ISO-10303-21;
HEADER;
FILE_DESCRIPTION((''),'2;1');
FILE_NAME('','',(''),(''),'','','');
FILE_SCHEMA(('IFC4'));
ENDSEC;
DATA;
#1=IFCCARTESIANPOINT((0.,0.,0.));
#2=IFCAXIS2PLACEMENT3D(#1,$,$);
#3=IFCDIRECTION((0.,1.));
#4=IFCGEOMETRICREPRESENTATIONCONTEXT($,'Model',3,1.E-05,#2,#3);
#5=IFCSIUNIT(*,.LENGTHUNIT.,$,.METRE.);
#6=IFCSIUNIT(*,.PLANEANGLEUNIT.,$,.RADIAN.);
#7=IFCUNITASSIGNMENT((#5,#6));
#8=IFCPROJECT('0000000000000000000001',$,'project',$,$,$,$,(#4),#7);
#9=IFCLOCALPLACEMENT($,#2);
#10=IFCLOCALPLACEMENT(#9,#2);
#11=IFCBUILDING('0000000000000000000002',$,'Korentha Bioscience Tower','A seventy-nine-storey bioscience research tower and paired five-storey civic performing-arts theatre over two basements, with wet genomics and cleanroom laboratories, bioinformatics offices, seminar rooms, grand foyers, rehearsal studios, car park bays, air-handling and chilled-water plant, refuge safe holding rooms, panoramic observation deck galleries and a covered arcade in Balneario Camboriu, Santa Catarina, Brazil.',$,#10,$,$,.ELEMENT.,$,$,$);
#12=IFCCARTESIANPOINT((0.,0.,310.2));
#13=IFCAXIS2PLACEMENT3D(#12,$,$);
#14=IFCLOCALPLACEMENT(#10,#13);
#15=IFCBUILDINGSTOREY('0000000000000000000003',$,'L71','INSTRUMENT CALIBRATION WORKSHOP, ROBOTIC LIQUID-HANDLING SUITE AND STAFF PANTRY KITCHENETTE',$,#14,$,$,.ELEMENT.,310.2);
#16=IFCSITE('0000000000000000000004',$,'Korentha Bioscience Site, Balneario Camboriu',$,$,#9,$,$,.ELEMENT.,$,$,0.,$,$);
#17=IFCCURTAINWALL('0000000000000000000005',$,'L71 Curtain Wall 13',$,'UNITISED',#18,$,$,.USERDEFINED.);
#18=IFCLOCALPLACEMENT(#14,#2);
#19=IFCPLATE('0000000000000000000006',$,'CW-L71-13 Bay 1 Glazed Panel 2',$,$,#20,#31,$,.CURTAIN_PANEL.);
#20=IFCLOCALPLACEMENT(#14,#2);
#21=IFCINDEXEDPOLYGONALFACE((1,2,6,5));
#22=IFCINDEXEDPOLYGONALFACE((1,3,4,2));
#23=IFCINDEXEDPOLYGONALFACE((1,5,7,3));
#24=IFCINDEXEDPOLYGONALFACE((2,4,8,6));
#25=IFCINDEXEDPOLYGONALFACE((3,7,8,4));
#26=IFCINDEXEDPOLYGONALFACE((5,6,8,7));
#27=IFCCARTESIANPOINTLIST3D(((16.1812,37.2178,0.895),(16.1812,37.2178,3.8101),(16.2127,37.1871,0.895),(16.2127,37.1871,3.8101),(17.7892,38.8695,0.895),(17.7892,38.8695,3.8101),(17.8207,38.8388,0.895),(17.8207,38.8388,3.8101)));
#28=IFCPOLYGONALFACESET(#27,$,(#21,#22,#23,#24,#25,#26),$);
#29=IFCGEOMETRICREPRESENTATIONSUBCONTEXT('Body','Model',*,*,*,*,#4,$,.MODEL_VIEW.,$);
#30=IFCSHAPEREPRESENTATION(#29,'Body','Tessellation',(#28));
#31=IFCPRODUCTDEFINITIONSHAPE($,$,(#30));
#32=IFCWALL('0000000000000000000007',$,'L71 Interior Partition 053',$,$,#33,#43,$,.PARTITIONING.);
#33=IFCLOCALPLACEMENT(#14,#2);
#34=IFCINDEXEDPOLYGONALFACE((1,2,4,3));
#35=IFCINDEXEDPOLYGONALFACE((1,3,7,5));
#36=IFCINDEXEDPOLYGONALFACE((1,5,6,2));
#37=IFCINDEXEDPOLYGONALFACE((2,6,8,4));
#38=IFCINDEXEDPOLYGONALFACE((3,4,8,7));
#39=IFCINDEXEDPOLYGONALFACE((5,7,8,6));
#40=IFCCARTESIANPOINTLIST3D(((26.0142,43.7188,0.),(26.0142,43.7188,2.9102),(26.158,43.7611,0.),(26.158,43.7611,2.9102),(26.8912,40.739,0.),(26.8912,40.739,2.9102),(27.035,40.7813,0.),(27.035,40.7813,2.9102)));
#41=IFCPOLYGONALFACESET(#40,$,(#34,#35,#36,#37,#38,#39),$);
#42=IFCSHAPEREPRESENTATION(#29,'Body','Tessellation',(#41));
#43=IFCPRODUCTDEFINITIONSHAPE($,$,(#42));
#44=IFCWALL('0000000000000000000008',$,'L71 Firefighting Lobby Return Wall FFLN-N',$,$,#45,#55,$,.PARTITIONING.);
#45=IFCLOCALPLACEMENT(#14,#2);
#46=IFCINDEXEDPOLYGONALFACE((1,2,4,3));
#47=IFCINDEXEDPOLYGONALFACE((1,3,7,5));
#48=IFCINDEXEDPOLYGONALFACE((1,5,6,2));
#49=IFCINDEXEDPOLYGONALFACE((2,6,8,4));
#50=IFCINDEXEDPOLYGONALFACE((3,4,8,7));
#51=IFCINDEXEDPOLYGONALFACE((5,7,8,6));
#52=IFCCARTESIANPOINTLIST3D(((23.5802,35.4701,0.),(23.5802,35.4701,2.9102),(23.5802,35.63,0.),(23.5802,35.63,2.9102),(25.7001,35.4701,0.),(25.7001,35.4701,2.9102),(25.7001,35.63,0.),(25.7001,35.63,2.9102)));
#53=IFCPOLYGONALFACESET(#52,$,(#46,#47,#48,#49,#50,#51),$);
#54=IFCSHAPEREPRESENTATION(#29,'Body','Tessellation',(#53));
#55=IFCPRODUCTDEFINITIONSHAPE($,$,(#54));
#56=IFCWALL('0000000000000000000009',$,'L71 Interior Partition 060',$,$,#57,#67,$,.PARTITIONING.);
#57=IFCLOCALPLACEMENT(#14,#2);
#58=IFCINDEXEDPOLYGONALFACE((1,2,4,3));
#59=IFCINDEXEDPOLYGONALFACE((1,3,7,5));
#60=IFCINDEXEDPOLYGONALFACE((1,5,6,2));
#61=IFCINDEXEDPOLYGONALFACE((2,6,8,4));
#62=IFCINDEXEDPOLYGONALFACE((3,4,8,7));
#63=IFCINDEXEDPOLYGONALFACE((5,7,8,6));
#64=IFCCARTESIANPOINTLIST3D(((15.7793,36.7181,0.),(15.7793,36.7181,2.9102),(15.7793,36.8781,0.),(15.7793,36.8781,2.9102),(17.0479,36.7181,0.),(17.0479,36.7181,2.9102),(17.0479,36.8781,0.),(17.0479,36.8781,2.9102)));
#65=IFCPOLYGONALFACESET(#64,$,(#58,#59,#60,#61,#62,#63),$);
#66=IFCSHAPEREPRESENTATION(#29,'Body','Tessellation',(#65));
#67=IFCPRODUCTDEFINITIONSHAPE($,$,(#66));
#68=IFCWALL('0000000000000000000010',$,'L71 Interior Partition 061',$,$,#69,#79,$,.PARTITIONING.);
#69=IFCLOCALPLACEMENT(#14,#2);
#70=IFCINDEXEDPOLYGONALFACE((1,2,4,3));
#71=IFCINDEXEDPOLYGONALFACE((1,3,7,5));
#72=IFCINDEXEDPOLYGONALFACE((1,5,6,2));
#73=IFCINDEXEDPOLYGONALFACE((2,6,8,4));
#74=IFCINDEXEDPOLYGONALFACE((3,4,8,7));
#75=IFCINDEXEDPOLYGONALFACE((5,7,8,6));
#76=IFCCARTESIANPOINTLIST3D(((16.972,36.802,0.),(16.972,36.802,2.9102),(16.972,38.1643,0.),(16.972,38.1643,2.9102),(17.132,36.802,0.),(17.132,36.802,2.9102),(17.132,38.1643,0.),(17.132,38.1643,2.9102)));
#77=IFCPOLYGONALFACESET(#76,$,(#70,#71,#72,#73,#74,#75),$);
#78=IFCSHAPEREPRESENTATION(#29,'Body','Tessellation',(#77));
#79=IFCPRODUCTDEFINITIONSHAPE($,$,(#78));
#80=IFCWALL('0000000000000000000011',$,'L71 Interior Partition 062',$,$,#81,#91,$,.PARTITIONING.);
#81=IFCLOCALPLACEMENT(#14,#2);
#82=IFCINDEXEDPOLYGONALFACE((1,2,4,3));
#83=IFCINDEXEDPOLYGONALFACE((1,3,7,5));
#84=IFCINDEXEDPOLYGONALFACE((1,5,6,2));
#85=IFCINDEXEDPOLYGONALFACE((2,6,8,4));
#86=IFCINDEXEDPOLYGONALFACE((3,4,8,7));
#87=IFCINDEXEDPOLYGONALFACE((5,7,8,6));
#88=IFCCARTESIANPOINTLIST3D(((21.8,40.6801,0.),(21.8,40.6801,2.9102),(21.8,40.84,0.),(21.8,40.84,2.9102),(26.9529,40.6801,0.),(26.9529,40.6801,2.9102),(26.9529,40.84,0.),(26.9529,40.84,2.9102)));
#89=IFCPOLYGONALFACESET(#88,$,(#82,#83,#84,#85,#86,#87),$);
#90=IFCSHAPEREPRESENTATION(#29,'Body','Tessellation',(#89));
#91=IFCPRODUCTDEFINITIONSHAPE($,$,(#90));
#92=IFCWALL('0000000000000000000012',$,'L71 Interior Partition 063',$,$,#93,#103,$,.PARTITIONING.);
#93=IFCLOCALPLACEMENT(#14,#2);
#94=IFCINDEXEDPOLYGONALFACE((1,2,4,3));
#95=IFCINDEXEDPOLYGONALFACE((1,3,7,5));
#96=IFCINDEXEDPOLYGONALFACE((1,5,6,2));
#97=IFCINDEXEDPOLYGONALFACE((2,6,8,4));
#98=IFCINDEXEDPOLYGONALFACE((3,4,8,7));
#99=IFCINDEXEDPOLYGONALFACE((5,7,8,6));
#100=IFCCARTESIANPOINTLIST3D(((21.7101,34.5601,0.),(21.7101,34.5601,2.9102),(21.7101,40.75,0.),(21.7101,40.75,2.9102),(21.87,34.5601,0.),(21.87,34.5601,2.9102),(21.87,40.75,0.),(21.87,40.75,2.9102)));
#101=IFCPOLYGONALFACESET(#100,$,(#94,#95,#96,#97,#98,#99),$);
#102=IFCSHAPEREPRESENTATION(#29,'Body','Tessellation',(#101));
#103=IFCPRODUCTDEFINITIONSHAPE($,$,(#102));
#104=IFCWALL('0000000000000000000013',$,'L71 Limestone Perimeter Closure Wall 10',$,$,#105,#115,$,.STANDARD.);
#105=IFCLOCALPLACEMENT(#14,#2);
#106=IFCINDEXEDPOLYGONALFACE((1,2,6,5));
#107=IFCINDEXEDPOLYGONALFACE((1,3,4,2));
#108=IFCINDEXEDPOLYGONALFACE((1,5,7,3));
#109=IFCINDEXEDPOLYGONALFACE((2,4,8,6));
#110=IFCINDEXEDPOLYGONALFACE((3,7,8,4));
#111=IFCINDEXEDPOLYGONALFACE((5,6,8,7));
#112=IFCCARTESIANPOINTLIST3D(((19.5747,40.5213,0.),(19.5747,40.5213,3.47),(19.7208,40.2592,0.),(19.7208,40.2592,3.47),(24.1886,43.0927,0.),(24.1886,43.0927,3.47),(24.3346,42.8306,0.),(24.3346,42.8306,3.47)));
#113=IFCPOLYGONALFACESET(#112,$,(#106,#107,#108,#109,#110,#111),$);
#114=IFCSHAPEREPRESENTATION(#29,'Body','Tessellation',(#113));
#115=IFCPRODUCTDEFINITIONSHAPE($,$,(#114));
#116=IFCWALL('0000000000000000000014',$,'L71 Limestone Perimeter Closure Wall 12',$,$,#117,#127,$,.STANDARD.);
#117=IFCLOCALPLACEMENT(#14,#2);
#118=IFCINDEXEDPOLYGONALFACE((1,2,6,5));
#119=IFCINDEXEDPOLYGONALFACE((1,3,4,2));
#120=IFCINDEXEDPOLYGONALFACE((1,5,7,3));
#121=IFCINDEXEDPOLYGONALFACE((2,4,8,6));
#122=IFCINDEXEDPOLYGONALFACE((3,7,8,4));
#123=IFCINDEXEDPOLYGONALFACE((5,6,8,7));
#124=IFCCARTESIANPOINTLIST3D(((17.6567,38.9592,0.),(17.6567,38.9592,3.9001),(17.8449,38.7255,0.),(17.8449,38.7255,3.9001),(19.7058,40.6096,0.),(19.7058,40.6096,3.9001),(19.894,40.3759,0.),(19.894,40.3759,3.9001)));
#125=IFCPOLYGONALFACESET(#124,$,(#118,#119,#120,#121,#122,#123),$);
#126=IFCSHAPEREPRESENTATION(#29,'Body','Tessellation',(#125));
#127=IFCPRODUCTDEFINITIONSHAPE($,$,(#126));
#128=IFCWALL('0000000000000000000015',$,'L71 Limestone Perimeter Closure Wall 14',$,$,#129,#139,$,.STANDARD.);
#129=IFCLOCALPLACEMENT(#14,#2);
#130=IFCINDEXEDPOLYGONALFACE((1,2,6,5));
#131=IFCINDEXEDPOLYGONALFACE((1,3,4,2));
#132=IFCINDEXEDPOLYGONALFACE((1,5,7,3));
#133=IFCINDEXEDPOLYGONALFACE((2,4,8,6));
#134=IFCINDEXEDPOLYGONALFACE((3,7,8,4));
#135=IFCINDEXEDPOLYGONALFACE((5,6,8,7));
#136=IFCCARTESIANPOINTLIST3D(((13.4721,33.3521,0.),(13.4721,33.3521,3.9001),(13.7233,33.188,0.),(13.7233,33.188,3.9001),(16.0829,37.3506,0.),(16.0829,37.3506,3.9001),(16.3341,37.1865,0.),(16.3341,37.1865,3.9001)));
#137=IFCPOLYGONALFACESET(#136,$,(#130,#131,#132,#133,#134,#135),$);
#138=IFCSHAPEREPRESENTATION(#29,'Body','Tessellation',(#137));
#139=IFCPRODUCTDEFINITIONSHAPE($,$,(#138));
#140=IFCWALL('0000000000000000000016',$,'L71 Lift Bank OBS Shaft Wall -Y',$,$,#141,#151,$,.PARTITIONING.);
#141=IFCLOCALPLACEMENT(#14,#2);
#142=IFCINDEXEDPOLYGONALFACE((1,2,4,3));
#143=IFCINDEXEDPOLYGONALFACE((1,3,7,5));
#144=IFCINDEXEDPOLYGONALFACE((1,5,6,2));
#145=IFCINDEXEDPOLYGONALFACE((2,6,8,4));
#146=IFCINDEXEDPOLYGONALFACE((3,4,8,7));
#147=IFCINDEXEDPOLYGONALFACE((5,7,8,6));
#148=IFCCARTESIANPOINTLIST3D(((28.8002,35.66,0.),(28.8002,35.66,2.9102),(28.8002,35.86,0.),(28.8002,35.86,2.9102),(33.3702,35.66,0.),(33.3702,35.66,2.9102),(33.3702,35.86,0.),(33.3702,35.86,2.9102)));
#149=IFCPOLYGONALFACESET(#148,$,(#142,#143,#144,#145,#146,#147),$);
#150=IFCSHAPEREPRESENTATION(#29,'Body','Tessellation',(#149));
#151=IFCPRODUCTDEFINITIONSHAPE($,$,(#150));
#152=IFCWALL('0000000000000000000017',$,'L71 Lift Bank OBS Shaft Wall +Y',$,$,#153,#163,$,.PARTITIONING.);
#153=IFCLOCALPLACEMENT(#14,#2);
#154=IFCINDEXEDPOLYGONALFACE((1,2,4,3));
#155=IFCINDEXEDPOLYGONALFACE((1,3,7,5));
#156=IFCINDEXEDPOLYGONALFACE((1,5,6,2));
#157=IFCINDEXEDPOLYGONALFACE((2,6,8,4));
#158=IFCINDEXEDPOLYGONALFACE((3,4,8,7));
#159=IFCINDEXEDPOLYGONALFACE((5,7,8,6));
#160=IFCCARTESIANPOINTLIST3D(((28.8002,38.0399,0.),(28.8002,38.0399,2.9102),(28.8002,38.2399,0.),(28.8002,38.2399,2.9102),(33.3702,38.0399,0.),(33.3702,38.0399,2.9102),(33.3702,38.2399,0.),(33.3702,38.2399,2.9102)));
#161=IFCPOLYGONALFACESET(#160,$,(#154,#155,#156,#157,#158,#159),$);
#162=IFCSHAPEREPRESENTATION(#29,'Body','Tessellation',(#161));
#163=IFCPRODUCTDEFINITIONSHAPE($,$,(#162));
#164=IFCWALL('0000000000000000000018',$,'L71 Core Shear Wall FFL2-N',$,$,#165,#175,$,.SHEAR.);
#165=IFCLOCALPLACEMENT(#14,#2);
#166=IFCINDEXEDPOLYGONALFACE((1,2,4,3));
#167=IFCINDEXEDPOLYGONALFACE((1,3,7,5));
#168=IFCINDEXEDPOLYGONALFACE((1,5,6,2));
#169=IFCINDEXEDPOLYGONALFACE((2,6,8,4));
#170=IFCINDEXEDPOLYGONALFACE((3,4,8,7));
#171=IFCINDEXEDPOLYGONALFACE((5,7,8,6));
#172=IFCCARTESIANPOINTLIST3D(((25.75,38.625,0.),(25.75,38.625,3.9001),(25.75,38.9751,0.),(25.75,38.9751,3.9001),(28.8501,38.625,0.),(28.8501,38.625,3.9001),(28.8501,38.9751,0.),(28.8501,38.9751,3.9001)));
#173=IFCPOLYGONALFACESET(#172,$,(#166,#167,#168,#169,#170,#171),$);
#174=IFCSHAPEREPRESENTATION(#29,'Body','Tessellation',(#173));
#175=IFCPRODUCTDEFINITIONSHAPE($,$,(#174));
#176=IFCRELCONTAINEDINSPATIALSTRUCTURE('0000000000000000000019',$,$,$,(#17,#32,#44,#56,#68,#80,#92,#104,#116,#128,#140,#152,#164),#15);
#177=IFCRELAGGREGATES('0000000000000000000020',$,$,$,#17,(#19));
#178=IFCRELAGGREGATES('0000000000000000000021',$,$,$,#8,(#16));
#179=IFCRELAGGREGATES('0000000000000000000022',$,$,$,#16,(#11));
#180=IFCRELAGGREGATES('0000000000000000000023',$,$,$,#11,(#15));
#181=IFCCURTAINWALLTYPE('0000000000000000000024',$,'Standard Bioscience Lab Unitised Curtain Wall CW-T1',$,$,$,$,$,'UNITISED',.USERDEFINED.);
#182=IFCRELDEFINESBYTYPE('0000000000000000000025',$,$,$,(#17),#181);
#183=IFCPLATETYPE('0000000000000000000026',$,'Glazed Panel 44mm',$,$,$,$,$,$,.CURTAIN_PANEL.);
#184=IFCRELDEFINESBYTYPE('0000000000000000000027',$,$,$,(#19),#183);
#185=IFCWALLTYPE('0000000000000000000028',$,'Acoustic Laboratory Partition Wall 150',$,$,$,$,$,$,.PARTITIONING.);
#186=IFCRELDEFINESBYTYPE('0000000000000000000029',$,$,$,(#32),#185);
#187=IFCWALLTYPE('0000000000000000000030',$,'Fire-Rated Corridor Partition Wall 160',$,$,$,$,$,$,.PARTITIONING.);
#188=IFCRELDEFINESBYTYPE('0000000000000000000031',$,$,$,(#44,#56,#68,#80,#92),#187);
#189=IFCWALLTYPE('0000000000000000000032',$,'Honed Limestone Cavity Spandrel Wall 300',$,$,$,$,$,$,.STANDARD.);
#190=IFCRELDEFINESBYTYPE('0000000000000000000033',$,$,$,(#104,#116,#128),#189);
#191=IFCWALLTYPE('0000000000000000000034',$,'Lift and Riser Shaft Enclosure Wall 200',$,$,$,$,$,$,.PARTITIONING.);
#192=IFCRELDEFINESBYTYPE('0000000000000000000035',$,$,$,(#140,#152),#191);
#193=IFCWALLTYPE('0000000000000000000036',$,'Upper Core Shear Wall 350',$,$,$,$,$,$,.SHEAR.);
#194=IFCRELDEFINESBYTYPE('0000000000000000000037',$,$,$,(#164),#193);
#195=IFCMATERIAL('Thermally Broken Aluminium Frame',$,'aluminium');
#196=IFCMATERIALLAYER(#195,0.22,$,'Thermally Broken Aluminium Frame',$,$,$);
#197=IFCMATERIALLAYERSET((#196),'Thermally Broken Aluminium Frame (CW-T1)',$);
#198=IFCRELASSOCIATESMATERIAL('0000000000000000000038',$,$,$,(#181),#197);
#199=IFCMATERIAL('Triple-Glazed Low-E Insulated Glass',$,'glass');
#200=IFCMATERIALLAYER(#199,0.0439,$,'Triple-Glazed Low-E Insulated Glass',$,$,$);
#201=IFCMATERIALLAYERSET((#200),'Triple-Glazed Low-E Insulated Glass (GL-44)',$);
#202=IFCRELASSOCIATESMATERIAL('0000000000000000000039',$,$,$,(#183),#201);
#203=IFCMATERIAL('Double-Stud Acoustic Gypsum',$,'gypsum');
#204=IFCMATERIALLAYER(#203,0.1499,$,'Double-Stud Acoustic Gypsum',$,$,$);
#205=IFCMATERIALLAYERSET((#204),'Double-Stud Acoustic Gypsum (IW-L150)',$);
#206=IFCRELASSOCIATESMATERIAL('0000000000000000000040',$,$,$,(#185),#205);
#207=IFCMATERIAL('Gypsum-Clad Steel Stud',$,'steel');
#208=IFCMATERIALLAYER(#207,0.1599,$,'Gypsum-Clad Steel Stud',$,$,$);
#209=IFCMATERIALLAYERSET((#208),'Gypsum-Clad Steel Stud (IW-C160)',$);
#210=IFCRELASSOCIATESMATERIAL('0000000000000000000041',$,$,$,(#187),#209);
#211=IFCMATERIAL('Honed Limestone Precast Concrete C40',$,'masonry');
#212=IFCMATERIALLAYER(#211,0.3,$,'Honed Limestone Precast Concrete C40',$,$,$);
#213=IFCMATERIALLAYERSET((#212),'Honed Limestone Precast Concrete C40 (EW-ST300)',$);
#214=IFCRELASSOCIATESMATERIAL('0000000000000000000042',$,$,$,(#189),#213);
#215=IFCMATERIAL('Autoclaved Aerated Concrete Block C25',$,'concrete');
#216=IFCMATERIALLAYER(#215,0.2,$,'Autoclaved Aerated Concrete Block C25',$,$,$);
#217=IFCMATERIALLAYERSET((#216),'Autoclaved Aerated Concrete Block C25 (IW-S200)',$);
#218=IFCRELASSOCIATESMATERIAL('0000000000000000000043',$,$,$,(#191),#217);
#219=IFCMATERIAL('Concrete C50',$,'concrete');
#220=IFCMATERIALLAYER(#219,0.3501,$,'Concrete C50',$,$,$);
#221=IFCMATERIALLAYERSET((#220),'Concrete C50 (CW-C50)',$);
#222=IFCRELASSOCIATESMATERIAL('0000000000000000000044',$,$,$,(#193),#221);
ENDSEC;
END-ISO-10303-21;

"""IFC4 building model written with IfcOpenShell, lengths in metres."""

from ifc_helpers import new_model, si_unit, direction, frame, frame_2d, origin, origin_2d, place, context, subcontext, project, spatial, rectangle, extrude, material, layer, layer_set, type_object, element, aggregate, save


model = new_model("IFC4")

# Units and contexts
model_context = context("Model", 3, precision=1e-05, world=origin(), true_north=direction((0.0, 1.0)))
body_context = subcontext(model_context, "Body", "Model", "MODEL_VIEW")
ifc_project = project(units=[si_unit("LENGTHUNIT", "METRE"), si_unit("PLANEANGLEUNIT", "RADIAN")], contexts=[model_context])

# Site, building, storey
site_placement = place(None, origin())
site = spatial("IfcSite", under=ifc_project, at=site_placement, Name="Korentha Bioscience Site, Balneario Camboriu", CompositionType="ELEMENT", RefElevation=0.0)
building_placement = place(site_placement, origin())
building = spatial("IfcBuilding", under=site, at=building_placement, Name="Korentha Bioscience Tower", Description="A seventy-nine-storey bioscience research tower and paired five-storey civic performing-arts theatre over two basements, with wet genomics and cleanroom laboratories, bioinformatics offices, seminar rooms, grand foyers, rehearsal studios, car park bays, air-handling and chilled-water plant, refuge safe holding rooms, panoramic observation deck galleries and a covered arcade in Balneario Camboriu, Santa Catarina, Brazil.", CompositionType="ELEMENT")
storey_placement = place(building_placement, frame((0.0, 0.0, 310.2)))
storey = spatial("IfcBuildingStorey", under=building, at=storey_placement, Name="L71", Description="INSTRUMENT CALIBRATION WORKSHOP, ROBOTIC LIQUID-HANDLING SUITE AND STAFF PANTRY KITCHENETTE", CompositionType="ELEMENT", Elevation=310.2)

# Shared definitions
ifc_material_1 = material(Name="Concrete C50", Category="concrete")

# Curtain wall
ifc_material_2 = material(Name="Thermally Broken Aluminium Frame", Category="aluminium")
ifc_layer_1 = layer(ifc_material_2, 0.22, Name="Thermally Broken Aluminium Frame")
ifc_layer_set_1 = layer_set([ifc_layer_1], Name="Thermally Broken Aluminium Frame (CW-T1)")
curtain_wall_type = type_object("IfcCurtainWallType", Name="Standard Bioscience Lab Unitised Curtain Wall CW-T1", ElementType="UNITISED", PredefinedType="USERDEFINED", material=ifc_layer_set_1)
curtain_wall_placement = place(storey_placement, origin())
curtain_wall = element("IfcCurtainWall", 1, at=curtain_wall_placement, inside=storey, type_object=curtain_wall_type, Name="L71 Curtain Wall 13", ObjectType="UNITISED", PredefinedType="USERDEFINED")

# Plate
ifc_material_3 = material(Name="Triple-Glazed Low-E Insulated Glass", Category="glass")
ifc_layer_2 = layer(ifc_material_3, 0.0439, Name="Triple-Glazed Low-E Insulated Glass")
ifc_layer_set_2 = layer_set([ifc_layer_2], Name="Triple-Glazed Low-E Insulated Glass (GL-44)")
plate_type = type_object("IfcPlateType", Name="Glazed Panel 44mm", PredefinedType="CURTAIN_PANEL", material=ifc_layer_set_2)
plate_1_placement = place(storey_placement, frame((17.001, 38.0283, 0.895), z_axis=(0.0, 0.0, 1.0), x_axis=(-0.697567, -0.716519, 0.0)))
plate_1 = element("IfcPlate", 2, at=plate_1_placement, type_object=plate_type, Name="CW-L71-13 Bay 1 Glazed Panel 2", PredefinedType="CURTAIN_PANEL", context=body_context, shape_type="SweptSolid", body=[
    extrude(rectangle(XDim=2.3052, YDim=0.0439, at=origin_2d()), origin(), (0.0, 0.0, 1.0), 2.915),
])
aggregate(curtain_wall, [plate_1])

# Walls
ifc_material_4 = material(Name="Double-Stud Acoustic Gypsum", Category="gypsum")
ifc_layer_3 = layer(ifc_material_4, 0.1499, Name="Double-Stud Acoustic Gypsum")
ifc_layer_set_3 = layer_set([ifc_layer_3], Name="Double-Stud Acoustic Gypsum (IW-L150)")
wall_type_1 = type_object("IfcWallType", Name="Acoustic Laboratory Partition Wall 150", PredefinedType="PARTITIONING", material=ifc_layer_set_3)
wall_1_placement = place(storey_placement, frame((26.9631, 40.76, 0.0), z_axis=(0.0, 0.0, 1.0), x_axis=(-0.282332, 0.959317, 0.0)))
element("IfcWall", 3, at=wall_1_placement, inside=storey, type_object=wall_type_1, Name="L71 Interior Partition 053", PredefinedType="PARTITIONING", context=body_context, shape_type="SweptSolid", body=[
    extrude(rectangle(XDim=3.1062, YDim=0.1499, at=frame_2d((1.5532, 0.0))), origin(), (0.0, 0.0, 1.0), 2.9102),
])
ifc_material_5 = material(Name="Gypsum-Clad Steel Stud", Category="steel")
ifc_layer_4 = layer(ifc_material_5, 0.1599, Name="Gypsum-Clad Steel Stud")
ifc_layer_set_4 = layer_set([ifc_layer_4], Name="Gypsum-Clad Steel Stud (IW-C160)")
wall_type_2 = type_object("IfcWallType", Name="Fire-Rated Corridor Partition Wall 160", PredefinedType="PARTITIONING", material=ifc_layer_set_4)
wall_2_placement = place(storey_placement, frame((23.5801, 35.55, 0.0), z_axis=(0.0, 0.0, 1.0), x_axis=(1.0, 0.0, 0.0)))
element("IfcWall", 4, at=wall_2_placement, inside=storey, type_object=wall_type_2, Name="L71 Firefighting Lobby Return Wall FFLN-N", PredefinedType="PARTITIONING", context=body_context, shape_type="SweptSolid", body=[
    extrude(rectangle(XDim=2.1199, YDim=0.1599, at=frame_2d((1.0601, 0.0))), origin(), (0.0, 0.0, 1.0), 2.9102),
])
wall_3_placement = place(storey_placement, frame((15.7793, 36.7981, 0.0), z_axis=(0.0, 0.0, 1.0), x_axis=(1.0, 0.0, 0.0)))
element("IfcWall", 5, at=wall_3_placement, inside=storey, type_object=wall_type_2, Name="L71 Interior Partition 060", PredefinedType="PARTITIONING", context=body_context, shape_type="SweptSolid", body=[
    extrude(rectangle(XDim=1.2686, YDim=0.1599, at=frame_2d((0.6343, 0.0))), origin(), (0.0, 0.0, 1.0), 2.9102),
])
wall_4_placement = place(storey_placement, frame((17.052, 36.802, 0.0), z_axis=(0.0, 0.0, 1.0), x_axis=(0.0, 1.0, 0.0)))
element("IfcWall", 6, at=wall_4_placement, inside=storey, type_object=wall_type_2, Name="L71 Interior Partition 061", PredefinedType="PARTITIONING", context=body_context, shape_type="SweptSolid", body=[
    extrude(rectangle(XDim=1.3623, YDim=0.1599, at=frame_2d((0.6812, 0.0))), origin(), (0.0, 0.0, 1.0), 2.9102),
])
wall_5_placement = place(storey_placement, frame((26.9529, 40.76, 0.0), z_axis=(0.0, 0.0, 1.0), x_axis=(-1.0, 0.0, 0.0)))
element("IfcWall", 7, at=wall_5_placement, inside=storey, type_object=wall_type_2, Name="L71 Interior Partition 062", PredefinedType="PARTITIONING", context=body_context, shape_type="SweptSolid", body=[
    extrude(rectangle(XDim=5.1528, YDim=0.1599, at=frame_2d((2.5764, 0.0))), origin(), (0.0, 0.0, 1.0), 2.9102),
])
wall_6_placement = place(storey_placement, frame((21.79, 40.75, 0.0), z_axis=(0.0, 0.0, 1.0), x_axis=(0.0, -1.0, 0.0)))
element("IfcWall", 8, at=wall_6_placement, inside=storey, type_object=wall_type_2, Name="L71 Interior Partition 063", PredefinedType="PARTITIONING", context=body_context, shape_type="SweptSolid", body=[
    extrude(rectangle(XDim=6.1899, YDim=0.1599, at=frame_2d((3.095, 0.0))), origin(), (0.0, 0.0, 1.0), 2.9102),
])
ifc_material_6 = material(Name="Honed Limestone Precast Concrete C40", Category="masonry")
ifc_layer_5 = layer(ifc_material_6, 0.3, Name="Honed Limestone Precast Concrete C40")
ifc_layer_set_5 = layer_set([ifc_layer_5], Name="Honed Limestone Precast Concrete C40 (EW-ST300)")
wall_type_3 = type_object("IfcWallType", Name="Honed Limestone Cavity Spandrel Wall 300", PredefinedType="STANDARD", material=ifc_layer_set_5)
wall_7_placement = place(storey_placement, frame((24.2617, 42.9617, 0.0), z_axis=(0.0, 0.0, 1.0), x_axis=(-0.873507, -0.486812, 0.0)))
element("IfcWall", 9, at=wall_7_placement, inside=storey, type_object=wall_type_3, Name="L71 Limestone Perimeter Closure Wall 10", PredefinedType="STANDARD", context=body_context, shape_type="SweptSolid", body=[
    extrude(rectangle(XDim=5.282, YDim=0.3, at=frame_2d((2.6411, 0.0))), origin(), (0.0, 0.0, 1.0), 3.47),
])
wall_8_placement = place(storey_placement, frame((19.7998, 40.4927, 0.0), z_axis=(0.0, 0.0, 1.0), x_axis=(-0.7788, -0.627272, 0.0)))
element("IfcWall", 10, at=wall_8_placement, inside=storey, type_object=wall_type_3, Name="L71 Limestone Perimeter Closure Wall 12", PredefinedType="STANDARD", context=body_context, shape_type="SweptSolid", body=[
    extrude(rectangle(XDim=2.6311, YDim=0.3, at=frame_2d((1.3154, 0.0))), origin(), (0.0, 0.0, 1.0), 3.9001),
])
wall_9_placement = place(storey_placement, frame((16.2085, 37.2686, 0.0), z_axis=(0.0, 0.0, 1.0), x_axis=(-0.546723, -0.837313, 0.0)))
element("IfcWall", 11, at=wall_9_placement, inside=storey, type_object=wall_type_3, Name="L71 Limestone Perimeter Closure Wall 14", PredefinedType="STANDARD", context=body_context, shape_type="SweptSolid", body=[
    extrude(rectangle(XDim=4.7754, YDim=0.3, at=frame_2d((2.3877, 0.0))), origin(), (0.0, 0.0, 1.0), 3.9001),
])
ifc_material_7 = material(Name="Autoclaved Aerated Concrete Block C25", Category="concrete")
ifc_layer_6 = layer(ifc_material_7, 0.2, Name="Autoclaved Aerated Concrete Block C25")
ifc_layer_set_6 = layer_set([ifc_layer_6], Name="Autoclaved Aerated Concrete Block C25 (IW-S200)")
wall_type_4 = type_object("IfcWallType", Name="Lift and Riser Shaft Enclosure Wall 200", PredefinedType="PARTITIONING", material=ifc_layer_set_6)
for number, where, z_axis, x_axis, name in (
    (12, (28.8, 35.76, 0.0), (0.0, 0.0, 1.0), (1.0, 0.0, 0.0), "L71 Lift Bank OBS Shaft Wall -Y"),
    (13, (28.8, 38.1399, 0.0), (0.0, 0.0, 1.0), (1.0, 0.0, 0.0), "L71 Lift Bank OBS Shaft Wall +Y"),
):
    element("IfcWall", number, at=place(storey_placement, frame(where, z_axis=z_axis, x_axis=x_axis)), inside=storey, type_object=wall_type_4, Name=name, PredefinedType="PARTITIONING", context=body_context, shape_type="SweptSolid", body=[
        extrude(rectangle(XDim=4.5701, YDim=0.2, at=frame_2d((2.2852, 0.0))), origin(), (0.0, 0.0, 1.0), 2.9102),
    ])
ifc_layer_7 = layer(ifc_material_1, 0.3501, Name="Concrete C50")
ifc_layer_set_7 = layer_set([ifc_layer_7], Name="Concrete C50 (CW-C50)")
wall_type_5 = type_object("IfcWallType", Name="Upper Core Shear Wall 350", PredefinedType="SHEAR", material=ifc_layer_set_7)
wall_10_placement = place(storey_placement, frame((25.75, 38.8, 0.0), z_axis=(0.0, 0.0, 1.0), x_axis=(1.0, 0.0, 0.0)))
element("IfcWall", 14, at=wall_10_placement, inside=storey, type_object=wall_type_5, Name="L71 Core Shear Wall FFL2-N", PredefinedType="SHEAR", context=body_context, shape_type="SweptSolid", body=[
    extrude(rectangle(XDim=3.1001, YDim=0.3501, at=frame_2d((1.55, 0.0))), origin(), (0.0, 0.0, 1.0), 3.9001),
])

save(model, "model.ifc")
